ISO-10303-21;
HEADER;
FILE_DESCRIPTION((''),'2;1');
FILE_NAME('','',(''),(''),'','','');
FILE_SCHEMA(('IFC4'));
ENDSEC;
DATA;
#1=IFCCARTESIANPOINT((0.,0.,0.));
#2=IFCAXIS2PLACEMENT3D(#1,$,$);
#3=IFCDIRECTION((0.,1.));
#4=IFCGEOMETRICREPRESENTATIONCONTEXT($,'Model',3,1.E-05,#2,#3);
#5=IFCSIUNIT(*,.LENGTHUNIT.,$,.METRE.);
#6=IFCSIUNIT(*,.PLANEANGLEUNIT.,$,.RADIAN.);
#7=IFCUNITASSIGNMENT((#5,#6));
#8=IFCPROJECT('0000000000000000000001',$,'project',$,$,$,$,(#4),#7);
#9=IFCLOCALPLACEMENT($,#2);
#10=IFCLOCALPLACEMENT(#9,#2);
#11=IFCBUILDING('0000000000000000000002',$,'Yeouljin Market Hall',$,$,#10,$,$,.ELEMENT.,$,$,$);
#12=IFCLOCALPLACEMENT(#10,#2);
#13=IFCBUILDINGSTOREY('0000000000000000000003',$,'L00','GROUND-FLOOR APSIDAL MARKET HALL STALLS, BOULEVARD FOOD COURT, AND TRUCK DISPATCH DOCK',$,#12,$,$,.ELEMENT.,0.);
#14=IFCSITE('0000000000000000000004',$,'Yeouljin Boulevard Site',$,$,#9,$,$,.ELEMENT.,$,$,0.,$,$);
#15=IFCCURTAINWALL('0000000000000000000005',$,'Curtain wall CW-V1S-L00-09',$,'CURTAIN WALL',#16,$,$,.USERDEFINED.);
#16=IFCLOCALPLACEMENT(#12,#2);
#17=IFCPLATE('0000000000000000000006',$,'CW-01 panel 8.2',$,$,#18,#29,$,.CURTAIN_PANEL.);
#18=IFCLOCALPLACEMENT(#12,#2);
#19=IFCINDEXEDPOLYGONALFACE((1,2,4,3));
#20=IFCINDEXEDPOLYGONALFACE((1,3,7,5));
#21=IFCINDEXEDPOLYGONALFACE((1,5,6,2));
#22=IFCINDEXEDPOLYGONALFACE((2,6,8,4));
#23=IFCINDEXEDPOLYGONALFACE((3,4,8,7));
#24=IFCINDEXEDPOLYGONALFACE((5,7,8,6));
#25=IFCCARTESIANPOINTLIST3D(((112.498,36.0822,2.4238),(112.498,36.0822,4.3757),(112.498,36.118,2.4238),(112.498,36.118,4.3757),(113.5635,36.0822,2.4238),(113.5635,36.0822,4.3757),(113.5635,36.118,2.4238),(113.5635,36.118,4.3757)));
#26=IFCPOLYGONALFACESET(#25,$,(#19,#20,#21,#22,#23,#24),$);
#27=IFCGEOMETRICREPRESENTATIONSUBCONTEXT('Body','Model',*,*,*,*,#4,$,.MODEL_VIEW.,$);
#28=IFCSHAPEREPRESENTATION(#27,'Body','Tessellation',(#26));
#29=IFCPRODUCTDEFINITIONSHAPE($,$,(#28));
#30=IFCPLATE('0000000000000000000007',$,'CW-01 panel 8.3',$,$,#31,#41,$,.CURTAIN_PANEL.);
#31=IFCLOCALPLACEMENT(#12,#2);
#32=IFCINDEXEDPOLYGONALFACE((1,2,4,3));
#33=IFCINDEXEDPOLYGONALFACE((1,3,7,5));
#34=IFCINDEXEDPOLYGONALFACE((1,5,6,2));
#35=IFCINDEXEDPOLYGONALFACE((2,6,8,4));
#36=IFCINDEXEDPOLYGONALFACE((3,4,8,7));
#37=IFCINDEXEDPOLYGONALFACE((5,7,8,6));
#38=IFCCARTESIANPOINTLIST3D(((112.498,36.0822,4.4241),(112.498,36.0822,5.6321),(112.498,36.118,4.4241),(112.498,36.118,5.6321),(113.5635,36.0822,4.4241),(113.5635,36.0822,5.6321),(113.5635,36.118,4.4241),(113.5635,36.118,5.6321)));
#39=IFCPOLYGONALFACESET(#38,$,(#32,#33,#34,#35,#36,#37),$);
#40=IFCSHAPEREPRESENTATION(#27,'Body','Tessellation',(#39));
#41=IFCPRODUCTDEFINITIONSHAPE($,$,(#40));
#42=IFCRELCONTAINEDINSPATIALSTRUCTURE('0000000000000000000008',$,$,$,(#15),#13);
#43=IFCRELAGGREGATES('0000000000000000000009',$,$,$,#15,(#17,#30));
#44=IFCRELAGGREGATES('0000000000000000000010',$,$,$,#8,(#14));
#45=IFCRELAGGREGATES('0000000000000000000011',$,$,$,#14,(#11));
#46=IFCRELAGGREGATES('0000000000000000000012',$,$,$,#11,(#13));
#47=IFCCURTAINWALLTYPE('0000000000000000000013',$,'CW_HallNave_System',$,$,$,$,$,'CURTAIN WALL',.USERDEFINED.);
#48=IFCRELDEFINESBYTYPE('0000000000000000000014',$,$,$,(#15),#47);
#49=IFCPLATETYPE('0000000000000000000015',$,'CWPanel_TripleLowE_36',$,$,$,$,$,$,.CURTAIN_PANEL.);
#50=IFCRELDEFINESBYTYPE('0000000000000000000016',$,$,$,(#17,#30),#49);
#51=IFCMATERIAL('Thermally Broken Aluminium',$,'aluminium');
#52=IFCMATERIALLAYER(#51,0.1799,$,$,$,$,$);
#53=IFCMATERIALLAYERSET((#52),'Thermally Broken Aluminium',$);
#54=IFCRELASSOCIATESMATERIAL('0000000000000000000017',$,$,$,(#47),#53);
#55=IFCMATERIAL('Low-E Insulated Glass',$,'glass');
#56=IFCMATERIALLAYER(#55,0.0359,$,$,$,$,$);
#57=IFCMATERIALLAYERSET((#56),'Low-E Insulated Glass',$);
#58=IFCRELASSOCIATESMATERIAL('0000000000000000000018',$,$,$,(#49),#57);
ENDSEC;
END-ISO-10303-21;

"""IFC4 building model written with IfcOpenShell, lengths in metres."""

from ifc_helpers import new_model, si_unit, direction, frame, origin, origin_2d, place, context, subcontext, project, spatial, rectangle, extrude, material, layer, layer_set, type_object, element, aggregate, save


model = new_model("IFC4")

# Units and contexts
model_context = context("Model", 3, precision=1e-05, world=origin(), true_north=direction((0.0, 1.0)))
body_context = subcontext(model_context, "Body", "Model", "MODEL_VIEW")
ifc_project = project(units=[si_unit("LENGTHUNIT", "METRE"), si_unit("PLANEANGLEUNIT", "RADIAN")], contexts=[model_context])

# Site, building, storey
site_placement = place(None, origin())
site = spatial("IfcSite", under=ifc_project, at=site_placement, Name="Yeouljin Boulevard Site", CompositionType="ELEMENT", RefElevation=0.0)
building_placement = place(site_placement, origin())
building = spatial("IfcBuilding", under=site, at=building_placement, Name="Yeouljin Market Hall", CompositionType="ELEMENT")
storey_placement = place(building_placement, origin())
storey = spatial("IfcBuildingStorey", under=building, at=storey_placement, Name="L00", Description="GROUND-FLOOR APSIDAL MARKET HALL STALLS, BOULEVARD FOOD COURT, AND TRUCK DISPATCH DOCK", CompositionType="ELEMENT", Elevation=0.0)

# Curtain wall
ifc_material_1 = material(Name="Thermally Broken Aluminium", Category="aluminium")
ifc_layer_1 = layer(ifc_material_1, 0.1799)
ifc_layer_set_1 = layer_set([ifc_layer_1], Name="Thermally Broken Aluminium")
curtain_wall_type = type_object("IfcCurtainWallType", Name="CW_HallNave_System", ElementType="CURTAIN WALL", PredefinedType="USERDEFINED", material=ifc_layer_set_1)
curtain_wall_1_placement = place(storey_placement, origin())
curtain_wall_1 = element("IfcCurtainWall", 1, at=curtain_wall_1_placement, inside=storey, type_object=curtain_wall_type, Name="Curtain wall CW-V1S-L00-09", ObjectType="CURTAIN WALL", PredefinedType="USERDEFINED")

# Plates
ifc_material_2 = material(Name="Low-E Insulated Glass", Category="glass")
ifc_layer_2 = layer(ifc_material_2, 0.0359)
ifc_layer_set_2 = layer_set([ifc_layer_2], Name="Low-E Insulated Glass")
plate_type = type_object("IfcPlateType", Name="CWPanel_TripleLowE_36", PredefinedType="CURTAIN_PANEL", material=ifc_layer_set_2)
plate_1_placement = place(storey_placement, frame((113.0308, 36.1001, 2.4238), z_axis=(0.0, 0.0, 1.0), x_axis=(-1.0, 0.0, 0.0)))
plate_1 = element("IfcPlate", 2, at=plate_1_placement, type_object=plate_type, Name="CW-01 panel 8.2", PredefinedType="CURTAIN_PANEL", context=body_context, shape_type="SweptSolid", body=[
    extrude(rectangle(XDim=1.0654, YDim=0.0359, at=origin_2d()), origin(), (0.0, 0.0, 1.0), 1.9519),
])
plate_2_placement = place(storey_placement, frame((113.0308, 36.1001, 4.4241), z_axis=(0.0, 0.0, 1.0), x_axis=(-1.0, 0.0, 0.0)))
plate_2 = element("IfcPlate", 3, at=plate_2_placement, type_object=plate_type, Name="CW-01 panel 8.3", PredefinedType="CURTAIN_PANEL", context=body_context, shape_type="SweptSolid", body=[
    extrude(rectangle(XDim=1.0654, YDim=0.0359, at=origin_2d()), origin(), (0.0, 0.0, 1.0), 1.208),
])
aggregate(curtain_wall_1, [plate_1, plate_2])

save(model, "model.ifc")
